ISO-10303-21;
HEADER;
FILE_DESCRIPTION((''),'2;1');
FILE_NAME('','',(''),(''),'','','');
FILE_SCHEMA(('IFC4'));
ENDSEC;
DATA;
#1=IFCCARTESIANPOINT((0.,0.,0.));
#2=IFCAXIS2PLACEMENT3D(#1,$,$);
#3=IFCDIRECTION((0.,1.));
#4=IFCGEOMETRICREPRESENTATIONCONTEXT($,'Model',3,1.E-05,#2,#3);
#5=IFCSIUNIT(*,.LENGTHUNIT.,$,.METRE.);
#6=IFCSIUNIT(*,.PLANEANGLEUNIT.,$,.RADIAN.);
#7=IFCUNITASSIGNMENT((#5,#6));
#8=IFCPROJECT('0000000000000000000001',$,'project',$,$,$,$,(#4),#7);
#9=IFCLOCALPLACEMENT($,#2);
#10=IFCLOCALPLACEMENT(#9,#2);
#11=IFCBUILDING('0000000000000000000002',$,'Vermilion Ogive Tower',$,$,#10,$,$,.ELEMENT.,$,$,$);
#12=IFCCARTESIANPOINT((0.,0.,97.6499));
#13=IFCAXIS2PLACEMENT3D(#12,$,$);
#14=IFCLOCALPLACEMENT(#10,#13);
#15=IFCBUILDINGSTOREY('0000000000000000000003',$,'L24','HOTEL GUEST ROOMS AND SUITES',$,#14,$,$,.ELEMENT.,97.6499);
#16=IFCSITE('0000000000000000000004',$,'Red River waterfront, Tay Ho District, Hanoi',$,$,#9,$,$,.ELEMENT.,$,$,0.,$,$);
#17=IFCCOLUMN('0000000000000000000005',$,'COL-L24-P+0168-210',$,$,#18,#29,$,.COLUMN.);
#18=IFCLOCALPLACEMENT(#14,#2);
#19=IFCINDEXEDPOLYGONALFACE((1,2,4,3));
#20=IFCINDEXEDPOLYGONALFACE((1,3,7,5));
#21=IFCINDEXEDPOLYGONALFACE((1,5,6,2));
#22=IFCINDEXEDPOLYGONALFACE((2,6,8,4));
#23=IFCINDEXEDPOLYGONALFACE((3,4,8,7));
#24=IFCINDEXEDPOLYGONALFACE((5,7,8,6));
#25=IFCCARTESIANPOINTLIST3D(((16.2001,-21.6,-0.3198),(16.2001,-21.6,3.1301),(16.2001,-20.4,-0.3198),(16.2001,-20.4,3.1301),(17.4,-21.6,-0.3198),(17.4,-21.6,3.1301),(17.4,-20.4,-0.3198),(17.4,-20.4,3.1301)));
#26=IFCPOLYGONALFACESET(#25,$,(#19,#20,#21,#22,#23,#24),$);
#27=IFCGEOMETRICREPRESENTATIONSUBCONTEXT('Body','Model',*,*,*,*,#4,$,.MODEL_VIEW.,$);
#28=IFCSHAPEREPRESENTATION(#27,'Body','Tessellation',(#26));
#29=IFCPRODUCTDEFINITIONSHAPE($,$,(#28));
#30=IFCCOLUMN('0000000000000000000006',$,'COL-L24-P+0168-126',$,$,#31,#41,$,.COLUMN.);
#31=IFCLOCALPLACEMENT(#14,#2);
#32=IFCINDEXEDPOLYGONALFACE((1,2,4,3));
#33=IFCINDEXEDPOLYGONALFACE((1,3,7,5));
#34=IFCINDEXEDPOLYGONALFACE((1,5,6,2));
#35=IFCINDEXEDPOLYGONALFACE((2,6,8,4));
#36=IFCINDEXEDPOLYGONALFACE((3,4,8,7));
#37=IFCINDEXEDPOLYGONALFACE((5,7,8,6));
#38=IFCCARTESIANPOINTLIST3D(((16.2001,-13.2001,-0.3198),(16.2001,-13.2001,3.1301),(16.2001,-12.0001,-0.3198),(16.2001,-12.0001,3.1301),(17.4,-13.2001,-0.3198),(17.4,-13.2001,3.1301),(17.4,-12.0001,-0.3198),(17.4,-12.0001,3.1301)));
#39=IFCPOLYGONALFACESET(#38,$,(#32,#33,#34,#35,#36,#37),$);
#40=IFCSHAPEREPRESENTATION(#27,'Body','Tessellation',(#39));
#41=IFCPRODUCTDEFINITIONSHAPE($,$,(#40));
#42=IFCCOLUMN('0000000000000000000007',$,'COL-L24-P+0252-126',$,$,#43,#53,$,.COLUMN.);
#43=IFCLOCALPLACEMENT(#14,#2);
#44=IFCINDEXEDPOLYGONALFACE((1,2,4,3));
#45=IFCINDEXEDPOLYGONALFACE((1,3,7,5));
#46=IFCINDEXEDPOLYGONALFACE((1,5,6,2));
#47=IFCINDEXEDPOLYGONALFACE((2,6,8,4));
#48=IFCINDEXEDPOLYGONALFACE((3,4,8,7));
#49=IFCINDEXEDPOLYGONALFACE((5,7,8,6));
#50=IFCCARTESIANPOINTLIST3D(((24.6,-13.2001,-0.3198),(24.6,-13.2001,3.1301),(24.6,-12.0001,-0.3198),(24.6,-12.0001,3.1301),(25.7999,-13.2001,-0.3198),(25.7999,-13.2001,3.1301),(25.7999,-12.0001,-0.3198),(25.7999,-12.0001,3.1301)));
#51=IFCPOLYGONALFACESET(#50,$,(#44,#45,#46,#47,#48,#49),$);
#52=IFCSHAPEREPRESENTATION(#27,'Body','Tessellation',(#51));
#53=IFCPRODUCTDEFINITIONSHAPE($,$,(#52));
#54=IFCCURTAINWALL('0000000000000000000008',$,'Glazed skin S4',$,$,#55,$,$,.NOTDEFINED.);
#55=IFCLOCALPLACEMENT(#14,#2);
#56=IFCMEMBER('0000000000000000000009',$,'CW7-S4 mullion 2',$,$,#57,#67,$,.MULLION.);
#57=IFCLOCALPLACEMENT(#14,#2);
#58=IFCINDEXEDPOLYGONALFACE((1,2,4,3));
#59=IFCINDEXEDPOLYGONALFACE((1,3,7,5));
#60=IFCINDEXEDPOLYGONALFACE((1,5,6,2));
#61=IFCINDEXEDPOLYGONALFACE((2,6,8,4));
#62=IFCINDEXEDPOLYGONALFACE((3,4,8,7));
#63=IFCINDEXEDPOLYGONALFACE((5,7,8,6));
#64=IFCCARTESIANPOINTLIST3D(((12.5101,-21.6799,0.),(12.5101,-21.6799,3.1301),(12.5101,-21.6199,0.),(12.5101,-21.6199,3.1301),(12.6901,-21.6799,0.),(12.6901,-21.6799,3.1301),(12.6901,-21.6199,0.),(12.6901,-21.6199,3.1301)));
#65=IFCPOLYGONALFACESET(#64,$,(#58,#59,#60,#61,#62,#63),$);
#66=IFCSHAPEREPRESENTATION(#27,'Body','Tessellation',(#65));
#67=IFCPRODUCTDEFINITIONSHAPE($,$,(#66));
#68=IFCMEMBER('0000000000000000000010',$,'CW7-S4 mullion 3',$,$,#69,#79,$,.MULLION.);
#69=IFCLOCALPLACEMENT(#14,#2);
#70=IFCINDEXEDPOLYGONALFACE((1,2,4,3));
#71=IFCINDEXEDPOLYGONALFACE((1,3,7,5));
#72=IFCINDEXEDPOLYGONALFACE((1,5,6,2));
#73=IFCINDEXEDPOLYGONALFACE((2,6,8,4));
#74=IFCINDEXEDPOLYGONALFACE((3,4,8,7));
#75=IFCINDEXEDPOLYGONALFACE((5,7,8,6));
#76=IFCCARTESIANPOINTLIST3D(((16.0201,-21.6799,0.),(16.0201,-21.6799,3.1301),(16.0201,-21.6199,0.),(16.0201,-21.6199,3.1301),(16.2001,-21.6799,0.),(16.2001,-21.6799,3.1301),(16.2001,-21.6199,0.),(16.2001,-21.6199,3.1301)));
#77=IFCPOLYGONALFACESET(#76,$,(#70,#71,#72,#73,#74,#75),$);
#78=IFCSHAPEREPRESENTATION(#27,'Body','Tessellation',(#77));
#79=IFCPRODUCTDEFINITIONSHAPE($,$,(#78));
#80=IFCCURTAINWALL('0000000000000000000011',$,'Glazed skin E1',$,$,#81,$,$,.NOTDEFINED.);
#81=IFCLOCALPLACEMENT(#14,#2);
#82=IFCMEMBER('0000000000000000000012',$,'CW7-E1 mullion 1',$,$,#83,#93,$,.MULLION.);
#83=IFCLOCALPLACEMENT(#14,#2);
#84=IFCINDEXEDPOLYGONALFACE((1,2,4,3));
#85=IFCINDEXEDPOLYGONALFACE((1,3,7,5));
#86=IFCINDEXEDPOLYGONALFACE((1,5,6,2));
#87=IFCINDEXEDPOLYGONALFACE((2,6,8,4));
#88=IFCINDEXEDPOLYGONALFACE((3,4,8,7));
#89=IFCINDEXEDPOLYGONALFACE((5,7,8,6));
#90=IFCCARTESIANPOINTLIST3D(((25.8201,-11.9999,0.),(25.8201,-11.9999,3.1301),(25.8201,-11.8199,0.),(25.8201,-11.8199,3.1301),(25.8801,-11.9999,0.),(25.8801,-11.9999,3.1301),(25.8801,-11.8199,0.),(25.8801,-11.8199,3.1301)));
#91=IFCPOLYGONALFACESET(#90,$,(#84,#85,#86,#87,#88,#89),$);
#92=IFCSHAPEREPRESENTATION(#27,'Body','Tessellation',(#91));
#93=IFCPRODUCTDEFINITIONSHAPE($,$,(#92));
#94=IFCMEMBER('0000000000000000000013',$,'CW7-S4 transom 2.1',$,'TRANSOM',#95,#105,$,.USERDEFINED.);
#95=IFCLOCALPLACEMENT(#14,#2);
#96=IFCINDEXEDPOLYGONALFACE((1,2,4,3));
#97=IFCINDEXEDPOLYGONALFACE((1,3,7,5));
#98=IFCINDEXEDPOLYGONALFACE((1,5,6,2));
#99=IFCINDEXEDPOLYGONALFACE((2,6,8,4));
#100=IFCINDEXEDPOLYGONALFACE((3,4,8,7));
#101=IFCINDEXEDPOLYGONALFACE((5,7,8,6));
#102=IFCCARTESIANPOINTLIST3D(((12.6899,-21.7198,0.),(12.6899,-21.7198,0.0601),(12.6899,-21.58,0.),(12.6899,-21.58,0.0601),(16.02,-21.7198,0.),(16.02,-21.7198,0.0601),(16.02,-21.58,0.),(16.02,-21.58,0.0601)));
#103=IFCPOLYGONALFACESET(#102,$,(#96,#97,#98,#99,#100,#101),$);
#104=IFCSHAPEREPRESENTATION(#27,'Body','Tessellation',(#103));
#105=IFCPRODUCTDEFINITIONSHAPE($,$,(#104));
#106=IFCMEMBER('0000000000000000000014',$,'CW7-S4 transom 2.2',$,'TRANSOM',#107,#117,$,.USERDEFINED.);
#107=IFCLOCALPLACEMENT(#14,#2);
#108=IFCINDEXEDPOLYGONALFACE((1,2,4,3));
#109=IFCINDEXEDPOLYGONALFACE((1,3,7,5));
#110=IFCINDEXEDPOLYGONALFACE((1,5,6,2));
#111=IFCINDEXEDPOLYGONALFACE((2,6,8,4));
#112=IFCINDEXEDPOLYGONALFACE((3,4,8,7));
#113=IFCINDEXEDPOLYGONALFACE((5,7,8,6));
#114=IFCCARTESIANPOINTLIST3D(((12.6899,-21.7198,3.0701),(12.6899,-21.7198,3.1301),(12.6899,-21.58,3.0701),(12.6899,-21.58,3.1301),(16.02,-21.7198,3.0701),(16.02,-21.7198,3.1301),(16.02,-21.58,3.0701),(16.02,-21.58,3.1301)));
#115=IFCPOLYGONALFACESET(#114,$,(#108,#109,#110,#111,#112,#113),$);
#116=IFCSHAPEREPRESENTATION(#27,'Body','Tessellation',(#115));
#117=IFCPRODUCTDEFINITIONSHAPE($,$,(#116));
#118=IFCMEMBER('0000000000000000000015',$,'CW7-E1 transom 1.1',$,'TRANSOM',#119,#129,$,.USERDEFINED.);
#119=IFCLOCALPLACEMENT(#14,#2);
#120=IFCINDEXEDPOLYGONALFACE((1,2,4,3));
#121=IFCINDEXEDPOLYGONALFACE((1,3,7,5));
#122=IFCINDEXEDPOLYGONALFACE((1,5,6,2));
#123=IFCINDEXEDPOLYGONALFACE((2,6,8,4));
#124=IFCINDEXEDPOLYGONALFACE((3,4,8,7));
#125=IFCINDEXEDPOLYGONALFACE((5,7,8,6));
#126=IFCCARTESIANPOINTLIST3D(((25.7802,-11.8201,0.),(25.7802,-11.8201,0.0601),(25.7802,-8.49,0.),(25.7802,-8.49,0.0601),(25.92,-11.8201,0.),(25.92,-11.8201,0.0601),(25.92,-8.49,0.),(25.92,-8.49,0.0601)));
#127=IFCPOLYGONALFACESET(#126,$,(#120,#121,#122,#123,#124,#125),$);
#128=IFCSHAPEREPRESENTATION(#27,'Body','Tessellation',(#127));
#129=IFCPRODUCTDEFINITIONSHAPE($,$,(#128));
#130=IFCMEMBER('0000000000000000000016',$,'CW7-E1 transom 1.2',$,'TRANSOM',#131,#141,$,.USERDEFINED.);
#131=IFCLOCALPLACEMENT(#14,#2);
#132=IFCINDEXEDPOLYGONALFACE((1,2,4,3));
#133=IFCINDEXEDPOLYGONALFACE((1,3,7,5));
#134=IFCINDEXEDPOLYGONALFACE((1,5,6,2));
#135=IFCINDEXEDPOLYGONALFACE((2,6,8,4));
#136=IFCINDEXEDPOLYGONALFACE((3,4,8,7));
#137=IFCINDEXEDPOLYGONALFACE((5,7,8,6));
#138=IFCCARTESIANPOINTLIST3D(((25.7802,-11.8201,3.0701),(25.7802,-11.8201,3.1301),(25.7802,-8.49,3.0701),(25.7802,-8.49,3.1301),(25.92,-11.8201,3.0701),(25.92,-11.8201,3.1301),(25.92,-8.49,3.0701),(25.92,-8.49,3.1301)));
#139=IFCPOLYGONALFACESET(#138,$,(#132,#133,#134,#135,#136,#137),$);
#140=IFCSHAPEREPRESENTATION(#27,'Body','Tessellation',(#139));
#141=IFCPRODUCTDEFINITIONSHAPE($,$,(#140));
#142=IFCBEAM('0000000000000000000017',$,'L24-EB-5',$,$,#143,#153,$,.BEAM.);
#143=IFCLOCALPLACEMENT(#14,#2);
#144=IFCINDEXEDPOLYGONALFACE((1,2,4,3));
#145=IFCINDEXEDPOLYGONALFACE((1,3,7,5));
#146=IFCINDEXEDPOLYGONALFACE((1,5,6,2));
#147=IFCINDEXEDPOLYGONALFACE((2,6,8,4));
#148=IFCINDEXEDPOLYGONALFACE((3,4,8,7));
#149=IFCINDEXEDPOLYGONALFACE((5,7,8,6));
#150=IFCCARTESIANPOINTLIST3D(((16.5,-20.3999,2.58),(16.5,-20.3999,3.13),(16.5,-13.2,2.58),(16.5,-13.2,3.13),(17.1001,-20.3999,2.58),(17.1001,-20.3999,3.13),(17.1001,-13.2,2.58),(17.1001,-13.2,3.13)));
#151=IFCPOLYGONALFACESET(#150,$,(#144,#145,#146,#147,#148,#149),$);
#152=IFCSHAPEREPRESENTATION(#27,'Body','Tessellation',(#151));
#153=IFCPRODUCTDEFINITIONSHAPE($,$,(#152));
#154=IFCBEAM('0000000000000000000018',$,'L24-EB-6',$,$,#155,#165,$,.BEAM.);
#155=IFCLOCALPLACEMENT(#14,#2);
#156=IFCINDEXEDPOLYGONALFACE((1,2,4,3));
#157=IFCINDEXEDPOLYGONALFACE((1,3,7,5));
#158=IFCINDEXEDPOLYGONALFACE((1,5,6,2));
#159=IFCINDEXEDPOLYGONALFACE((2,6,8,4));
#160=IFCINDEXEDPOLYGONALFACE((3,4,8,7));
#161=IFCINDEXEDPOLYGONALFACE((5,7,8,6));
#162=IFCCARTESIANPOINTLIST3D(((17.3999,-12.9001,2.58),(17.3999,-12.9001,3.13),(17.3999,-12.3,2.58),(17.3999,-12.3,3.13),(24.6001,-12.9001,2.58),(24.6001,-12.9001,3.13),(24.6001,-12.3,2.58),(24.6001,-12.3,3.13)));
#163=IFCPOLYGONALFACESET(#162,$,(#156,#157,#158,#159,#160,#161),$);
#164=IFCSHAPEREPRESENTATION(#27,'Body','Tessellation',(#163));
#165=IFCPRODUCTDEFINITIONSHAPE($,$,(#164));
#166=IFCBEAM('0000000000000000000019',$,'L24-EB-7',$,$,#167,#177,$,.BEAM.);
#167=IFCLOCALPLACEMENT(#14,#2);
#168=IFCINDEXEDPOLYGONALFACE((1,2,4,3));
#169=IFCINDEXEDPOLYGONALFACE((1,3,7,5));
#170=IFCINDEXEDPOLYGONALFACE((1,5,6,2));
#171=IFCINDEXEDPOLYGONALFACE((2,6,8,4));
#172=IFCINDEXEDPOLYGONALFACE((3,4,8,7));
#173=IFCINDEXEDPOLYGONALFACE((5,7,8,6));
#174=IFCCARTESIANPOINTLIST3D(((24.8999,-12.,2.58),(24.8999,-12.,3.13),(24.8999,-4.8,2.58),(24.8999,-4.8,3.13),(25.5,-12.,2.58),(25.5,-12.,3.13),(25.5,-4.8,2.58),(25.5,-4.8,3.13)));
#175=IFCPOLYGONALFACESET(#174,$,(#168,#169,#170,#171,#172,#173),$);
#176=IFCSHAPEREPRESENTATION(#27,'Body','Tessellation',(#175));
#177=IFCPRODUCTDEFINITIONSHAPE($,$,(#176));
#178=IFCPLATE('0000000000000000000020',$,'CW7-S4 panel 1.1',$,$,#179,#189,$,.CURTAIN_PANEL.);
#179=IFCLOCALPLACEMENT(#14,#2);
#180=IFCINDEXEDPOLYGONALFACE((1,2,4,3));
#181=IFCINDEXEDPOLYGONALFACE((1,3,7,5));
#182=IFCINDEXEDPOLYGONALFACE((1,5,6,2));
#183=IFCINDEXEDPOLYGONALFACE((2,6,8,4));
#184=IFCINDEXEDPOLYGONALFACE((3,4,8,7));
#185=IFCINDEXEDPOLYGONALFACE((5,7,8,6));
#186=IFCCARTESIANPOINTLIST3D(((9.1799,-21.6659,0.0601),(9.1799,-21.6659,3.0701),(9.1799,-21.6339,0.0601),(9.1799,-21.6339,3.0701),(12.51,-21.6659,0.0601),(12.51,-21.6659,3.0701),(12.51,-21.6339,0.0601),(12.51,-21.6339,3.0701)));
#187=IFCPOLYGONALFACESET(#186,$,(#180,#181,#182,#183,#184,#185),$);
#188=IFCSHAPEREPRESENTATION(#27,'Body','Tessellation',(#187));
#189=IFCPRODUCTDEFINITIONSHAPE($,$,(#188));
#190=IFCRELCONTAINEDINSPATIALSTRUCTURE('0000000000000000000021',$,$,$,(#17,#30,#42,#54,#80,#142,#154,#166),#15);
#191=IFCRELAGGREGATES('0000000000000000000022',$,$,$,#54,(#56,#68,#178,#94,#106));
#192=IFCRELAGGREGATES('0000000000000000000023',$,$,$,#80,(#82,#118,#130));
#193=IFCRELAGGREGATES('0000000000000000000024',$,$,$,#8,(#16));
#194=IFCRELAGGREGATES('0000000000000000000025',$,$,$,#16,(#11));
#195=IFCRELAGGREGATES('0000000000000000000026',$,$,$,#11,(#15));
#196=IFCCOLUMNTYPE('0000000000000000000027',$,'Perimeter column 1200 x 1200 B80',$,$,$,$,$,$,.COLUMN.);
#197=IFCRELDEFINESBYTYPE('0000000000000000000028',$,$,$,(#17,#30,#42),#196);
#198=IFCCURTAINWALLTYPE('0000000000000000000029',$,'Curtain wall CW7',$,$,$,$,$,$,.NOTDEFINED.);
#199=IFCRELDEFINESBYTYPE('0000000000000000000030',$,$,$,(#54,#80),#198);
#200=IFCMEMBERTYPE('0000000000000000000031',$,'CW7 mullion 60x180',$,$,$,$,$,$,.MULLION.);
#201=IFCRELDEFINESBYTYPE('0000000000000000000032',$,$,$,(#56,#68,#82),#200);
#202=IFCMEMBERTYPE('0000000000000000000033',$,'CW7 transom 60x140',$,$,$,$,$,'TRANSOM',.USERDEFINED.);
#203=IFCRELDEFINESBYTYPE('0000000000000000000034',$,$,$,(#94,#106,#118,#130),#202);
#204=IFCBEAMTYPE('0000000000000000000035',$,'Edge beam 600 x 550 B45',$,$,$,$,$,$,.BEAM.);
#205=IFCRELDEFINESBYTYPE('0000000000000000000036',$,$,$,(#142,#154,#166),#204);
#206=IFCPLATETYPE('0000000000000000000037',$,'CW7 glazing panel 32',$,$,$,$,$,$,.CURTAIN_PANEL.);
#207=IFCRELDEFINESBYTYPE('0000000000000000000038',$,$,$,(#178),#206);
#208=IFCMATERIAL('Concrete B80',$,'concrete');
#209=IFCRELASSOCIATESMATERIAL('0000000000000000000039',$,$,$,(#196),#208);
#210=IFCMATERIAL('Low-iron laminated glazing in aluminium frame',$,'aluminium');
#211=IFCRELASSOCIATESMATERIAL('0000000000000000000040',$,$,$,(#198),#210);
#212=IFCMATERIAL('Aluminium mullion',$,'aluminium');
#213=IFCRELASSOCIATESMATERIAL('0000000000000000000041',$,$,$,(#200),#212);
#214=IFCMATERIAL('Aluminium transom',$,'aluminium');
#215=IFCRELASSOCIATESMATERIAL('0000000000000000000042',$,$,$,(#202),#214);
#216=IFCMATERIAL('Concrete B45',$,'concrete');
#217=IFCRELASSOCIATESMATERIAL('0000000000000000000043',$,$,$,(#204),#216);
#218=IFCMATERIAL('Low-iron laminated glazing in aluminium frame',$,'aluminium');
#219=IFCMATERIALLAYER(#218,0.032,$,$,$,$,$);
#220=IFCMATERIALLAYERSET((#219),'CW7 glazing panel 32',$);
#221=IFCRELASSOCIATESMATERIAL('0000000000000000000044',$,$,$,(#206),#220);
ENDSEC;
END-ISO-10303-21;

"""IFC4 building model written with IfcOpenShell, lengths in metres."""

from ifc_helpers import new_model, si_unit, direction, frame, origin, origin_2d, place, context, subcontext, project, spatial, rectangle, extrude, material, layer, layer_set, material_profile, profile_set, type_object, element, aggregate, save


model = new_model("IFC4")

# Units and contexts
model_context = context("Model", 3, precision=1e-05, world=origin(), true_north=direction((0.0, 1.0)))
body_context = subcontext(model_context, "Body", "Model", "MODEL_VIEW")
ifc_project = project(units=[si_unit("LENGTHUNIT", "METRE"), si_unit("PLANEANGLEUNIT", "RADIAN")], contexts=[model_context])

# Site, building, storey
site_placement = place(None, origin())
site = spatial("IfcSite", under=ifc_project, at=site_placement, Name="Red River waterfront, Tay Ho District, Hanoi", CompositionType="ELEMENT", RefElevation=0.0)
building_placement = place(site_placement, origin())
building = spatial("IfcBuilding", under=site, at=building_placement, Name="Vermilion Ogive Tower", CompositionType="ELEMENT")
storey_placement = place(building_placement, frame((0.0, 0.0, 97.6499)))
storey = spatial("IfcBuildingStorey", under=building, at=storey_placement, Name="L24", Description="HOTEL GUEST ROOMS AND SUITES", CompositionType="ELEMENT", Elevation=97.6499)

# Columns
ifc_material_1 = material(Name="Concrete B80", Category="concrete")
ifc_material_profile_1 = material_profile(ifc_material_1, rectangle(XDim=1.2, YDim=1.2, at=origin_2d()), Name="1200 x 1200")
ifc_profile_set_1 = profile_set([ifc_material_profile_1], Name="Concrete B80")
column_type = type_object("IfcColumnType", Name="Perimeter column 1200 x 1200 B80", PredefinedType="COLUMN", material=ifc_profile_set_1)
for number, where, z_axis, x_axis, name in (
    (1, (16.8, -21.0, -0.3198), (0.0, 0.0, 1.0), (1.0, 0.0, 0.0), "COL-L24-P+0168-210"),
    (2, (16.8, -12.6001, -0.3198), (0.0, 0.0, 1.0), (1.0, 0.0, 0.0), "COL-L24-P+0168-126"),
    (3, (25.2, -12.6001, -0.3198), (0.0, 0.0, 1.0), (1.0, 0.0, 0.0), "COL-L24-P+0252-126"),
):
    element("IfcColumn", number, at=place(storey_placement, frame(where, z_axis=z_axis, x_axis=x_axis)), inside=storey, type_object=column_type, Name=name, PredefinedType="COLUMN", context=body_context, shape_type="SweptSolid", body=[
        extrude(rectangle(XDim=1.2, YDim=1.2, at=origin_2d()), origin(), (0.0, 0.0, 1.0), 3.45),
    ])

# Curtain wall, members
ifc_material_2 = material(Name="Low-iron laminated glazing in aluminium frame", Category="aluminium")
curtain_wall_type = type_object("IfcCurtainWallType", Name="Curtain wall CW7", PredefinedType="NOTDEFINED", material=ifc_material_2)
curtain_wall_1_placement = place(storey_placement, origin())
curtain_wall_1 = element("IfcCurtainWall", 4, at=curtain_wall_1_placement, inside=storey, type_object=curtain_wall_type, Name="Glazed skin S4", PredefinedType="NOTDEFINED")
ifc_material_3 = material(Name="Aluminium mullion", Category="aluminium")
ifc_material_profile_2 = material_profile(ifc_material_3, rectangle(XDim=0.0601, YDim=0.1799, at=origin_2d()), Name="AL 60x180")
ifc_profile_set_2 = profile_set([ifc_material_profile_2], Name="Aluminium mullion")
member_type_1 = type_object("IfcMemberType", Name="CW7 mullion 60x180", PredefinedType="MULLION", material=ifc_profile_set_2)
member_1_placement = place(storey_placement, frame((12.6001, -21.6499, 0.0), z_axis=(0.0, 0.0, 1.0), x_axis=(0.0, 1.0, 0.0)))
member_1 = element("IfcMember", 5, at=member_1_placement, type_object=member_type_1, Name="CW7-S4 mullion 2", PredefinedType="MULLION", context=body_context, shape_type="SweptSolid", body=[
    extrude(rectangle(XDim=0.0601, YDim=0.1799, at=origin_2d()), origin(), (0.0, 0.0, 1.0), 3.1301),
])
member_2_placement = place(storey_placement, frame((16.1101, -21.6499, 0.0), z_axis=(0.0, 0.0, 1.0), x_axis=(0.0, 1.0, 0.0)))
member_2 = element("IfcMember", 6, at=member_2_placement, type_object=member_type_1, Name="CW7-S4 mullion 3", PredefinedType="MULLION", context=body_context, shape_type="SweptSolid", body=[
    extrude(rectangle(XDim=0.0601, YDim=0.1799, at=origin_2d()), origin(), (0.0, 0.0, 1.0), 3.1301),
])

# Curtain wall, member
curtain_wall_2_placement = place(storey_placement, origin())
curtain_wall_2 = element("IfcCurtainWall", 7, at=curtain_wall_2_placement, inside=storey, type_object=curtain_wall_type, Name="Glazed skin E1", PredefinedType="NOTDEFINED")
member_3_placement = place(storey_placement, frame((25.8501, -11.9099, 0.0), z_axis=(0.0, 0.0, 1.0), x_axis=(-1.0, 0.0, 0.0)))
member_3 = element("IfcMember", 8, at=member_3_placement, type_object=member_type_1, Name="CW7-E1 mullion 1", PredefinedType="MULLION", context=body_context, shape_type="SweptSolid", body=[
    extrude(rectangle(XDim=0.0601, YDim=0.1799, at=origin_2d()), origin(), (0.0, 0.0, 1.0), 3.1301),
])

# Members
ifc_material_4 = material(Name="Aluminium transom", Category="aluminium")
ifc_material_profile_3 = material_profile(ifc_material_4, rectangle(XDim=0.1399, YDim=0.0601, at=origin_2d()), Name="AL 60x140")
ifc_profile_set_3 = profile_set([ifc_material_profile_3], Name="Aluminium transom")
member_type_2 = type_object("IfcMemberType", Name="CW7 transom 60x140", ElementType="TRANSOM", PredefinedType="USERDEFINED", material=ifc_profile_set_3)
member_4_placement = place(storey_placement, frame((12.6899, -21.6499, 0.03), z_axis=(1.0, 0.0, 0.0), x_axis=(0.0, 1.0, 0.0)))
member_4 = element("IfcMember", 9, at=member_4_placement, type_object=member_type_2, Name="CW7-S4 transom 2.1", ObjectType="TRANSOM", PredefinedType="USERDEFINED", context=body_context, shape_type="SweptSolid", body=[
    extrude(rectangle(XDim=0.1399, YDim=0.0601, at=origin_2d()), origin(), (0.0, 0.0, 1.0), 3.3301),
])
member_5_placement = place(storey_placement, frame((12.6899, -21.6499, 3.1001), z_axis=(1.0, 0.0, 0.0), x_axis=(0.0, 1.0, 0.0)))
member_5 = element("IfcMember", 10, at=member_5_placement, type_object=member_type_2, Name="CW7-S4 transom 2.2", ObjectType="TRANSOM", PredefinedType="USERDEFINED", context=body_context, shape_type="SweptSolid", body=[
    extrude(rectangle(XDim=0.1399, YDim=0.0601, at=origin_2d()), origin(), (0.0, 0.0, 1.0), 3.3301),
])
member_6_placement = place(storey_placement, frame((25.8501, -11.8201, 0.03), z_axis=(0.0, 1.0, 0.0), x_axis=(-1.0, 0.0, 0.0)))
member_6 = element("IfcMember", 11, at=member_6_placement, type_object=member_type_2, Name="CW7-E1 transom 1.1", ObjectType="TRANSOM", PredefinedType="USERDEFINED", context=body_context, shape_type="SweptSolid", body=[
    extrude(rectangle(XDim=0.1399, YDim=0.0601, at=origin_2d()), origin(), (0.0, 0.0, 1.0), 3.3301),
])
member_7_placement = place(storey_placement, frame((25.8501, -11.8201, 3.1001), z_axis=(0.0, 1.0, 0.0), x_axis=(-1.0, 0.0, 0.0)))
member_7 = element("IfcMember", 12, at=member_7_placement, type_object=member_type_2, Name="CW7-E1 transom 1.2", ObjectType="TRANSOM", PredefinedType="USERDEFINED", context=body_context, shape_type="SweptSolid", body=[
    extrude(rectangle(XDim=0.1399, YDim=0.0601, at=origin_2d()), origin(), (0.0, 0.0, 1.0), 3.3301),
])

# Beams
ifc_material_5 = material(Name="Concrete B45", Category="concrete")
ifc_material_profile_4 = material_profile(ifc_material_5, rectangle(XDim=0.6001, YDim=0.55, at=origin_2d()), Name="600 x 550")
ifc_profile_set_4 = profile_set([ifc_material_profile_4], Name="Concrete B45")
beam_type = type_object("IfcBeamType", Name="Edge beam 600 x 550 B45", PredefinedType="BEAM", material=ifc_profile_set_4)
beam_1_placement = place(storey_placement, frame((16.8, -20.3999, 2.855), z_axis=(0.0, 1.0, 0.0), x_axis=(-1.0, 0.0, 0.0)))
element("IfcBeam", 13, at=beam_1_placement, inside=storey, type_object=beam_type, Name="L24-EB-5", PredefinedType="BEAM", context=body_context, shape_type="SweptSolid", body=[
    extrude(rectangle(XDim=0.6001, YDim=0.55, at=origin_2d()), origin(), (0.0, 0.0, 1.0), 7.2),
])
beam_2_placement = place(storey_placement, frame((17.3999, -12.6001, 2.855), z_axis=(1.0, 0.0, 0.0), x_axis=(0.0, 1.0, 0.0)))
element("IfcBeam", 14, at=beam_2_placement, inside=storey, type_object=beam_type, Name="L24-EB-6", PredefinedType="BEAM", context=body_context, shape_type="SweptSolid", body=[
    extrude(rectangle(XDim=0.6001, YDim=0.55, at=origin_2d()), origin(), (0.0, 0.0, 1.0), 7.2002),
])
beam_3_placement = place(storey_placement, frame((25.2, -12.0, 2.855), z_axis=(0.0, 1.0, 0.0), x_axis=(-1.0, 0.0, 0.0)))
element("IfcBeam", 15, at=beam_3_placement, inside=storey, type_object=beam_type, Name="L24-EB-7", PredefinedType="BEAM", context=body_context, shape_type="SweptSolid", body=[
    extrude(rectangle(XDim=0.6001, YDim=0.55, at=origin_2d()), origin(), (0.0, 0.0, 1.0), 7.2),
])

# Plate
ifc_material_6 = material(Name="Low-iron laminated glazing in aluminium frame", Category="aluminium")
ifc_layer_1 = layer(ifc_material_6, 0.032)
ifc_layer_set_1 = layer_set([ifc_layer_1], Name="CW7 glazing panel 32")
plate_type = type_object("IfcPlateType", Name="CW7 glazing panel 32", PredefinedType="CURTAIN_PANEL", material=ifc_layer_set_1)
plate_1_placement = place(storey_placement, frame((10.845, -21.6499, 0.0601), z_axis=(0.0, 0.0, 1.0), x_axis=(1.0, 0.0, 0.0)))
plate_1 = element("IfcPlate", 16, at=plate_1_placement, type_object=plate_type, Name="CW7-S4 panel 1.1", PredefinedType="CURTAIN_PANEL", context=body_context, shape_type="SweptSolid", body=[
    extrude(rectangle(XDim=3.3301, YDim=0.032, at=origin_2d()), origin(), (0.0, 0.0, 1.0), 3.01),
])
aggregate(curtain_wall_1, [member_1, member_2, plate_1, member_4, member_5])
aggregate(curtain_wall_2, [member_3, member_6, member_7])

save(model, "model.ifc")
